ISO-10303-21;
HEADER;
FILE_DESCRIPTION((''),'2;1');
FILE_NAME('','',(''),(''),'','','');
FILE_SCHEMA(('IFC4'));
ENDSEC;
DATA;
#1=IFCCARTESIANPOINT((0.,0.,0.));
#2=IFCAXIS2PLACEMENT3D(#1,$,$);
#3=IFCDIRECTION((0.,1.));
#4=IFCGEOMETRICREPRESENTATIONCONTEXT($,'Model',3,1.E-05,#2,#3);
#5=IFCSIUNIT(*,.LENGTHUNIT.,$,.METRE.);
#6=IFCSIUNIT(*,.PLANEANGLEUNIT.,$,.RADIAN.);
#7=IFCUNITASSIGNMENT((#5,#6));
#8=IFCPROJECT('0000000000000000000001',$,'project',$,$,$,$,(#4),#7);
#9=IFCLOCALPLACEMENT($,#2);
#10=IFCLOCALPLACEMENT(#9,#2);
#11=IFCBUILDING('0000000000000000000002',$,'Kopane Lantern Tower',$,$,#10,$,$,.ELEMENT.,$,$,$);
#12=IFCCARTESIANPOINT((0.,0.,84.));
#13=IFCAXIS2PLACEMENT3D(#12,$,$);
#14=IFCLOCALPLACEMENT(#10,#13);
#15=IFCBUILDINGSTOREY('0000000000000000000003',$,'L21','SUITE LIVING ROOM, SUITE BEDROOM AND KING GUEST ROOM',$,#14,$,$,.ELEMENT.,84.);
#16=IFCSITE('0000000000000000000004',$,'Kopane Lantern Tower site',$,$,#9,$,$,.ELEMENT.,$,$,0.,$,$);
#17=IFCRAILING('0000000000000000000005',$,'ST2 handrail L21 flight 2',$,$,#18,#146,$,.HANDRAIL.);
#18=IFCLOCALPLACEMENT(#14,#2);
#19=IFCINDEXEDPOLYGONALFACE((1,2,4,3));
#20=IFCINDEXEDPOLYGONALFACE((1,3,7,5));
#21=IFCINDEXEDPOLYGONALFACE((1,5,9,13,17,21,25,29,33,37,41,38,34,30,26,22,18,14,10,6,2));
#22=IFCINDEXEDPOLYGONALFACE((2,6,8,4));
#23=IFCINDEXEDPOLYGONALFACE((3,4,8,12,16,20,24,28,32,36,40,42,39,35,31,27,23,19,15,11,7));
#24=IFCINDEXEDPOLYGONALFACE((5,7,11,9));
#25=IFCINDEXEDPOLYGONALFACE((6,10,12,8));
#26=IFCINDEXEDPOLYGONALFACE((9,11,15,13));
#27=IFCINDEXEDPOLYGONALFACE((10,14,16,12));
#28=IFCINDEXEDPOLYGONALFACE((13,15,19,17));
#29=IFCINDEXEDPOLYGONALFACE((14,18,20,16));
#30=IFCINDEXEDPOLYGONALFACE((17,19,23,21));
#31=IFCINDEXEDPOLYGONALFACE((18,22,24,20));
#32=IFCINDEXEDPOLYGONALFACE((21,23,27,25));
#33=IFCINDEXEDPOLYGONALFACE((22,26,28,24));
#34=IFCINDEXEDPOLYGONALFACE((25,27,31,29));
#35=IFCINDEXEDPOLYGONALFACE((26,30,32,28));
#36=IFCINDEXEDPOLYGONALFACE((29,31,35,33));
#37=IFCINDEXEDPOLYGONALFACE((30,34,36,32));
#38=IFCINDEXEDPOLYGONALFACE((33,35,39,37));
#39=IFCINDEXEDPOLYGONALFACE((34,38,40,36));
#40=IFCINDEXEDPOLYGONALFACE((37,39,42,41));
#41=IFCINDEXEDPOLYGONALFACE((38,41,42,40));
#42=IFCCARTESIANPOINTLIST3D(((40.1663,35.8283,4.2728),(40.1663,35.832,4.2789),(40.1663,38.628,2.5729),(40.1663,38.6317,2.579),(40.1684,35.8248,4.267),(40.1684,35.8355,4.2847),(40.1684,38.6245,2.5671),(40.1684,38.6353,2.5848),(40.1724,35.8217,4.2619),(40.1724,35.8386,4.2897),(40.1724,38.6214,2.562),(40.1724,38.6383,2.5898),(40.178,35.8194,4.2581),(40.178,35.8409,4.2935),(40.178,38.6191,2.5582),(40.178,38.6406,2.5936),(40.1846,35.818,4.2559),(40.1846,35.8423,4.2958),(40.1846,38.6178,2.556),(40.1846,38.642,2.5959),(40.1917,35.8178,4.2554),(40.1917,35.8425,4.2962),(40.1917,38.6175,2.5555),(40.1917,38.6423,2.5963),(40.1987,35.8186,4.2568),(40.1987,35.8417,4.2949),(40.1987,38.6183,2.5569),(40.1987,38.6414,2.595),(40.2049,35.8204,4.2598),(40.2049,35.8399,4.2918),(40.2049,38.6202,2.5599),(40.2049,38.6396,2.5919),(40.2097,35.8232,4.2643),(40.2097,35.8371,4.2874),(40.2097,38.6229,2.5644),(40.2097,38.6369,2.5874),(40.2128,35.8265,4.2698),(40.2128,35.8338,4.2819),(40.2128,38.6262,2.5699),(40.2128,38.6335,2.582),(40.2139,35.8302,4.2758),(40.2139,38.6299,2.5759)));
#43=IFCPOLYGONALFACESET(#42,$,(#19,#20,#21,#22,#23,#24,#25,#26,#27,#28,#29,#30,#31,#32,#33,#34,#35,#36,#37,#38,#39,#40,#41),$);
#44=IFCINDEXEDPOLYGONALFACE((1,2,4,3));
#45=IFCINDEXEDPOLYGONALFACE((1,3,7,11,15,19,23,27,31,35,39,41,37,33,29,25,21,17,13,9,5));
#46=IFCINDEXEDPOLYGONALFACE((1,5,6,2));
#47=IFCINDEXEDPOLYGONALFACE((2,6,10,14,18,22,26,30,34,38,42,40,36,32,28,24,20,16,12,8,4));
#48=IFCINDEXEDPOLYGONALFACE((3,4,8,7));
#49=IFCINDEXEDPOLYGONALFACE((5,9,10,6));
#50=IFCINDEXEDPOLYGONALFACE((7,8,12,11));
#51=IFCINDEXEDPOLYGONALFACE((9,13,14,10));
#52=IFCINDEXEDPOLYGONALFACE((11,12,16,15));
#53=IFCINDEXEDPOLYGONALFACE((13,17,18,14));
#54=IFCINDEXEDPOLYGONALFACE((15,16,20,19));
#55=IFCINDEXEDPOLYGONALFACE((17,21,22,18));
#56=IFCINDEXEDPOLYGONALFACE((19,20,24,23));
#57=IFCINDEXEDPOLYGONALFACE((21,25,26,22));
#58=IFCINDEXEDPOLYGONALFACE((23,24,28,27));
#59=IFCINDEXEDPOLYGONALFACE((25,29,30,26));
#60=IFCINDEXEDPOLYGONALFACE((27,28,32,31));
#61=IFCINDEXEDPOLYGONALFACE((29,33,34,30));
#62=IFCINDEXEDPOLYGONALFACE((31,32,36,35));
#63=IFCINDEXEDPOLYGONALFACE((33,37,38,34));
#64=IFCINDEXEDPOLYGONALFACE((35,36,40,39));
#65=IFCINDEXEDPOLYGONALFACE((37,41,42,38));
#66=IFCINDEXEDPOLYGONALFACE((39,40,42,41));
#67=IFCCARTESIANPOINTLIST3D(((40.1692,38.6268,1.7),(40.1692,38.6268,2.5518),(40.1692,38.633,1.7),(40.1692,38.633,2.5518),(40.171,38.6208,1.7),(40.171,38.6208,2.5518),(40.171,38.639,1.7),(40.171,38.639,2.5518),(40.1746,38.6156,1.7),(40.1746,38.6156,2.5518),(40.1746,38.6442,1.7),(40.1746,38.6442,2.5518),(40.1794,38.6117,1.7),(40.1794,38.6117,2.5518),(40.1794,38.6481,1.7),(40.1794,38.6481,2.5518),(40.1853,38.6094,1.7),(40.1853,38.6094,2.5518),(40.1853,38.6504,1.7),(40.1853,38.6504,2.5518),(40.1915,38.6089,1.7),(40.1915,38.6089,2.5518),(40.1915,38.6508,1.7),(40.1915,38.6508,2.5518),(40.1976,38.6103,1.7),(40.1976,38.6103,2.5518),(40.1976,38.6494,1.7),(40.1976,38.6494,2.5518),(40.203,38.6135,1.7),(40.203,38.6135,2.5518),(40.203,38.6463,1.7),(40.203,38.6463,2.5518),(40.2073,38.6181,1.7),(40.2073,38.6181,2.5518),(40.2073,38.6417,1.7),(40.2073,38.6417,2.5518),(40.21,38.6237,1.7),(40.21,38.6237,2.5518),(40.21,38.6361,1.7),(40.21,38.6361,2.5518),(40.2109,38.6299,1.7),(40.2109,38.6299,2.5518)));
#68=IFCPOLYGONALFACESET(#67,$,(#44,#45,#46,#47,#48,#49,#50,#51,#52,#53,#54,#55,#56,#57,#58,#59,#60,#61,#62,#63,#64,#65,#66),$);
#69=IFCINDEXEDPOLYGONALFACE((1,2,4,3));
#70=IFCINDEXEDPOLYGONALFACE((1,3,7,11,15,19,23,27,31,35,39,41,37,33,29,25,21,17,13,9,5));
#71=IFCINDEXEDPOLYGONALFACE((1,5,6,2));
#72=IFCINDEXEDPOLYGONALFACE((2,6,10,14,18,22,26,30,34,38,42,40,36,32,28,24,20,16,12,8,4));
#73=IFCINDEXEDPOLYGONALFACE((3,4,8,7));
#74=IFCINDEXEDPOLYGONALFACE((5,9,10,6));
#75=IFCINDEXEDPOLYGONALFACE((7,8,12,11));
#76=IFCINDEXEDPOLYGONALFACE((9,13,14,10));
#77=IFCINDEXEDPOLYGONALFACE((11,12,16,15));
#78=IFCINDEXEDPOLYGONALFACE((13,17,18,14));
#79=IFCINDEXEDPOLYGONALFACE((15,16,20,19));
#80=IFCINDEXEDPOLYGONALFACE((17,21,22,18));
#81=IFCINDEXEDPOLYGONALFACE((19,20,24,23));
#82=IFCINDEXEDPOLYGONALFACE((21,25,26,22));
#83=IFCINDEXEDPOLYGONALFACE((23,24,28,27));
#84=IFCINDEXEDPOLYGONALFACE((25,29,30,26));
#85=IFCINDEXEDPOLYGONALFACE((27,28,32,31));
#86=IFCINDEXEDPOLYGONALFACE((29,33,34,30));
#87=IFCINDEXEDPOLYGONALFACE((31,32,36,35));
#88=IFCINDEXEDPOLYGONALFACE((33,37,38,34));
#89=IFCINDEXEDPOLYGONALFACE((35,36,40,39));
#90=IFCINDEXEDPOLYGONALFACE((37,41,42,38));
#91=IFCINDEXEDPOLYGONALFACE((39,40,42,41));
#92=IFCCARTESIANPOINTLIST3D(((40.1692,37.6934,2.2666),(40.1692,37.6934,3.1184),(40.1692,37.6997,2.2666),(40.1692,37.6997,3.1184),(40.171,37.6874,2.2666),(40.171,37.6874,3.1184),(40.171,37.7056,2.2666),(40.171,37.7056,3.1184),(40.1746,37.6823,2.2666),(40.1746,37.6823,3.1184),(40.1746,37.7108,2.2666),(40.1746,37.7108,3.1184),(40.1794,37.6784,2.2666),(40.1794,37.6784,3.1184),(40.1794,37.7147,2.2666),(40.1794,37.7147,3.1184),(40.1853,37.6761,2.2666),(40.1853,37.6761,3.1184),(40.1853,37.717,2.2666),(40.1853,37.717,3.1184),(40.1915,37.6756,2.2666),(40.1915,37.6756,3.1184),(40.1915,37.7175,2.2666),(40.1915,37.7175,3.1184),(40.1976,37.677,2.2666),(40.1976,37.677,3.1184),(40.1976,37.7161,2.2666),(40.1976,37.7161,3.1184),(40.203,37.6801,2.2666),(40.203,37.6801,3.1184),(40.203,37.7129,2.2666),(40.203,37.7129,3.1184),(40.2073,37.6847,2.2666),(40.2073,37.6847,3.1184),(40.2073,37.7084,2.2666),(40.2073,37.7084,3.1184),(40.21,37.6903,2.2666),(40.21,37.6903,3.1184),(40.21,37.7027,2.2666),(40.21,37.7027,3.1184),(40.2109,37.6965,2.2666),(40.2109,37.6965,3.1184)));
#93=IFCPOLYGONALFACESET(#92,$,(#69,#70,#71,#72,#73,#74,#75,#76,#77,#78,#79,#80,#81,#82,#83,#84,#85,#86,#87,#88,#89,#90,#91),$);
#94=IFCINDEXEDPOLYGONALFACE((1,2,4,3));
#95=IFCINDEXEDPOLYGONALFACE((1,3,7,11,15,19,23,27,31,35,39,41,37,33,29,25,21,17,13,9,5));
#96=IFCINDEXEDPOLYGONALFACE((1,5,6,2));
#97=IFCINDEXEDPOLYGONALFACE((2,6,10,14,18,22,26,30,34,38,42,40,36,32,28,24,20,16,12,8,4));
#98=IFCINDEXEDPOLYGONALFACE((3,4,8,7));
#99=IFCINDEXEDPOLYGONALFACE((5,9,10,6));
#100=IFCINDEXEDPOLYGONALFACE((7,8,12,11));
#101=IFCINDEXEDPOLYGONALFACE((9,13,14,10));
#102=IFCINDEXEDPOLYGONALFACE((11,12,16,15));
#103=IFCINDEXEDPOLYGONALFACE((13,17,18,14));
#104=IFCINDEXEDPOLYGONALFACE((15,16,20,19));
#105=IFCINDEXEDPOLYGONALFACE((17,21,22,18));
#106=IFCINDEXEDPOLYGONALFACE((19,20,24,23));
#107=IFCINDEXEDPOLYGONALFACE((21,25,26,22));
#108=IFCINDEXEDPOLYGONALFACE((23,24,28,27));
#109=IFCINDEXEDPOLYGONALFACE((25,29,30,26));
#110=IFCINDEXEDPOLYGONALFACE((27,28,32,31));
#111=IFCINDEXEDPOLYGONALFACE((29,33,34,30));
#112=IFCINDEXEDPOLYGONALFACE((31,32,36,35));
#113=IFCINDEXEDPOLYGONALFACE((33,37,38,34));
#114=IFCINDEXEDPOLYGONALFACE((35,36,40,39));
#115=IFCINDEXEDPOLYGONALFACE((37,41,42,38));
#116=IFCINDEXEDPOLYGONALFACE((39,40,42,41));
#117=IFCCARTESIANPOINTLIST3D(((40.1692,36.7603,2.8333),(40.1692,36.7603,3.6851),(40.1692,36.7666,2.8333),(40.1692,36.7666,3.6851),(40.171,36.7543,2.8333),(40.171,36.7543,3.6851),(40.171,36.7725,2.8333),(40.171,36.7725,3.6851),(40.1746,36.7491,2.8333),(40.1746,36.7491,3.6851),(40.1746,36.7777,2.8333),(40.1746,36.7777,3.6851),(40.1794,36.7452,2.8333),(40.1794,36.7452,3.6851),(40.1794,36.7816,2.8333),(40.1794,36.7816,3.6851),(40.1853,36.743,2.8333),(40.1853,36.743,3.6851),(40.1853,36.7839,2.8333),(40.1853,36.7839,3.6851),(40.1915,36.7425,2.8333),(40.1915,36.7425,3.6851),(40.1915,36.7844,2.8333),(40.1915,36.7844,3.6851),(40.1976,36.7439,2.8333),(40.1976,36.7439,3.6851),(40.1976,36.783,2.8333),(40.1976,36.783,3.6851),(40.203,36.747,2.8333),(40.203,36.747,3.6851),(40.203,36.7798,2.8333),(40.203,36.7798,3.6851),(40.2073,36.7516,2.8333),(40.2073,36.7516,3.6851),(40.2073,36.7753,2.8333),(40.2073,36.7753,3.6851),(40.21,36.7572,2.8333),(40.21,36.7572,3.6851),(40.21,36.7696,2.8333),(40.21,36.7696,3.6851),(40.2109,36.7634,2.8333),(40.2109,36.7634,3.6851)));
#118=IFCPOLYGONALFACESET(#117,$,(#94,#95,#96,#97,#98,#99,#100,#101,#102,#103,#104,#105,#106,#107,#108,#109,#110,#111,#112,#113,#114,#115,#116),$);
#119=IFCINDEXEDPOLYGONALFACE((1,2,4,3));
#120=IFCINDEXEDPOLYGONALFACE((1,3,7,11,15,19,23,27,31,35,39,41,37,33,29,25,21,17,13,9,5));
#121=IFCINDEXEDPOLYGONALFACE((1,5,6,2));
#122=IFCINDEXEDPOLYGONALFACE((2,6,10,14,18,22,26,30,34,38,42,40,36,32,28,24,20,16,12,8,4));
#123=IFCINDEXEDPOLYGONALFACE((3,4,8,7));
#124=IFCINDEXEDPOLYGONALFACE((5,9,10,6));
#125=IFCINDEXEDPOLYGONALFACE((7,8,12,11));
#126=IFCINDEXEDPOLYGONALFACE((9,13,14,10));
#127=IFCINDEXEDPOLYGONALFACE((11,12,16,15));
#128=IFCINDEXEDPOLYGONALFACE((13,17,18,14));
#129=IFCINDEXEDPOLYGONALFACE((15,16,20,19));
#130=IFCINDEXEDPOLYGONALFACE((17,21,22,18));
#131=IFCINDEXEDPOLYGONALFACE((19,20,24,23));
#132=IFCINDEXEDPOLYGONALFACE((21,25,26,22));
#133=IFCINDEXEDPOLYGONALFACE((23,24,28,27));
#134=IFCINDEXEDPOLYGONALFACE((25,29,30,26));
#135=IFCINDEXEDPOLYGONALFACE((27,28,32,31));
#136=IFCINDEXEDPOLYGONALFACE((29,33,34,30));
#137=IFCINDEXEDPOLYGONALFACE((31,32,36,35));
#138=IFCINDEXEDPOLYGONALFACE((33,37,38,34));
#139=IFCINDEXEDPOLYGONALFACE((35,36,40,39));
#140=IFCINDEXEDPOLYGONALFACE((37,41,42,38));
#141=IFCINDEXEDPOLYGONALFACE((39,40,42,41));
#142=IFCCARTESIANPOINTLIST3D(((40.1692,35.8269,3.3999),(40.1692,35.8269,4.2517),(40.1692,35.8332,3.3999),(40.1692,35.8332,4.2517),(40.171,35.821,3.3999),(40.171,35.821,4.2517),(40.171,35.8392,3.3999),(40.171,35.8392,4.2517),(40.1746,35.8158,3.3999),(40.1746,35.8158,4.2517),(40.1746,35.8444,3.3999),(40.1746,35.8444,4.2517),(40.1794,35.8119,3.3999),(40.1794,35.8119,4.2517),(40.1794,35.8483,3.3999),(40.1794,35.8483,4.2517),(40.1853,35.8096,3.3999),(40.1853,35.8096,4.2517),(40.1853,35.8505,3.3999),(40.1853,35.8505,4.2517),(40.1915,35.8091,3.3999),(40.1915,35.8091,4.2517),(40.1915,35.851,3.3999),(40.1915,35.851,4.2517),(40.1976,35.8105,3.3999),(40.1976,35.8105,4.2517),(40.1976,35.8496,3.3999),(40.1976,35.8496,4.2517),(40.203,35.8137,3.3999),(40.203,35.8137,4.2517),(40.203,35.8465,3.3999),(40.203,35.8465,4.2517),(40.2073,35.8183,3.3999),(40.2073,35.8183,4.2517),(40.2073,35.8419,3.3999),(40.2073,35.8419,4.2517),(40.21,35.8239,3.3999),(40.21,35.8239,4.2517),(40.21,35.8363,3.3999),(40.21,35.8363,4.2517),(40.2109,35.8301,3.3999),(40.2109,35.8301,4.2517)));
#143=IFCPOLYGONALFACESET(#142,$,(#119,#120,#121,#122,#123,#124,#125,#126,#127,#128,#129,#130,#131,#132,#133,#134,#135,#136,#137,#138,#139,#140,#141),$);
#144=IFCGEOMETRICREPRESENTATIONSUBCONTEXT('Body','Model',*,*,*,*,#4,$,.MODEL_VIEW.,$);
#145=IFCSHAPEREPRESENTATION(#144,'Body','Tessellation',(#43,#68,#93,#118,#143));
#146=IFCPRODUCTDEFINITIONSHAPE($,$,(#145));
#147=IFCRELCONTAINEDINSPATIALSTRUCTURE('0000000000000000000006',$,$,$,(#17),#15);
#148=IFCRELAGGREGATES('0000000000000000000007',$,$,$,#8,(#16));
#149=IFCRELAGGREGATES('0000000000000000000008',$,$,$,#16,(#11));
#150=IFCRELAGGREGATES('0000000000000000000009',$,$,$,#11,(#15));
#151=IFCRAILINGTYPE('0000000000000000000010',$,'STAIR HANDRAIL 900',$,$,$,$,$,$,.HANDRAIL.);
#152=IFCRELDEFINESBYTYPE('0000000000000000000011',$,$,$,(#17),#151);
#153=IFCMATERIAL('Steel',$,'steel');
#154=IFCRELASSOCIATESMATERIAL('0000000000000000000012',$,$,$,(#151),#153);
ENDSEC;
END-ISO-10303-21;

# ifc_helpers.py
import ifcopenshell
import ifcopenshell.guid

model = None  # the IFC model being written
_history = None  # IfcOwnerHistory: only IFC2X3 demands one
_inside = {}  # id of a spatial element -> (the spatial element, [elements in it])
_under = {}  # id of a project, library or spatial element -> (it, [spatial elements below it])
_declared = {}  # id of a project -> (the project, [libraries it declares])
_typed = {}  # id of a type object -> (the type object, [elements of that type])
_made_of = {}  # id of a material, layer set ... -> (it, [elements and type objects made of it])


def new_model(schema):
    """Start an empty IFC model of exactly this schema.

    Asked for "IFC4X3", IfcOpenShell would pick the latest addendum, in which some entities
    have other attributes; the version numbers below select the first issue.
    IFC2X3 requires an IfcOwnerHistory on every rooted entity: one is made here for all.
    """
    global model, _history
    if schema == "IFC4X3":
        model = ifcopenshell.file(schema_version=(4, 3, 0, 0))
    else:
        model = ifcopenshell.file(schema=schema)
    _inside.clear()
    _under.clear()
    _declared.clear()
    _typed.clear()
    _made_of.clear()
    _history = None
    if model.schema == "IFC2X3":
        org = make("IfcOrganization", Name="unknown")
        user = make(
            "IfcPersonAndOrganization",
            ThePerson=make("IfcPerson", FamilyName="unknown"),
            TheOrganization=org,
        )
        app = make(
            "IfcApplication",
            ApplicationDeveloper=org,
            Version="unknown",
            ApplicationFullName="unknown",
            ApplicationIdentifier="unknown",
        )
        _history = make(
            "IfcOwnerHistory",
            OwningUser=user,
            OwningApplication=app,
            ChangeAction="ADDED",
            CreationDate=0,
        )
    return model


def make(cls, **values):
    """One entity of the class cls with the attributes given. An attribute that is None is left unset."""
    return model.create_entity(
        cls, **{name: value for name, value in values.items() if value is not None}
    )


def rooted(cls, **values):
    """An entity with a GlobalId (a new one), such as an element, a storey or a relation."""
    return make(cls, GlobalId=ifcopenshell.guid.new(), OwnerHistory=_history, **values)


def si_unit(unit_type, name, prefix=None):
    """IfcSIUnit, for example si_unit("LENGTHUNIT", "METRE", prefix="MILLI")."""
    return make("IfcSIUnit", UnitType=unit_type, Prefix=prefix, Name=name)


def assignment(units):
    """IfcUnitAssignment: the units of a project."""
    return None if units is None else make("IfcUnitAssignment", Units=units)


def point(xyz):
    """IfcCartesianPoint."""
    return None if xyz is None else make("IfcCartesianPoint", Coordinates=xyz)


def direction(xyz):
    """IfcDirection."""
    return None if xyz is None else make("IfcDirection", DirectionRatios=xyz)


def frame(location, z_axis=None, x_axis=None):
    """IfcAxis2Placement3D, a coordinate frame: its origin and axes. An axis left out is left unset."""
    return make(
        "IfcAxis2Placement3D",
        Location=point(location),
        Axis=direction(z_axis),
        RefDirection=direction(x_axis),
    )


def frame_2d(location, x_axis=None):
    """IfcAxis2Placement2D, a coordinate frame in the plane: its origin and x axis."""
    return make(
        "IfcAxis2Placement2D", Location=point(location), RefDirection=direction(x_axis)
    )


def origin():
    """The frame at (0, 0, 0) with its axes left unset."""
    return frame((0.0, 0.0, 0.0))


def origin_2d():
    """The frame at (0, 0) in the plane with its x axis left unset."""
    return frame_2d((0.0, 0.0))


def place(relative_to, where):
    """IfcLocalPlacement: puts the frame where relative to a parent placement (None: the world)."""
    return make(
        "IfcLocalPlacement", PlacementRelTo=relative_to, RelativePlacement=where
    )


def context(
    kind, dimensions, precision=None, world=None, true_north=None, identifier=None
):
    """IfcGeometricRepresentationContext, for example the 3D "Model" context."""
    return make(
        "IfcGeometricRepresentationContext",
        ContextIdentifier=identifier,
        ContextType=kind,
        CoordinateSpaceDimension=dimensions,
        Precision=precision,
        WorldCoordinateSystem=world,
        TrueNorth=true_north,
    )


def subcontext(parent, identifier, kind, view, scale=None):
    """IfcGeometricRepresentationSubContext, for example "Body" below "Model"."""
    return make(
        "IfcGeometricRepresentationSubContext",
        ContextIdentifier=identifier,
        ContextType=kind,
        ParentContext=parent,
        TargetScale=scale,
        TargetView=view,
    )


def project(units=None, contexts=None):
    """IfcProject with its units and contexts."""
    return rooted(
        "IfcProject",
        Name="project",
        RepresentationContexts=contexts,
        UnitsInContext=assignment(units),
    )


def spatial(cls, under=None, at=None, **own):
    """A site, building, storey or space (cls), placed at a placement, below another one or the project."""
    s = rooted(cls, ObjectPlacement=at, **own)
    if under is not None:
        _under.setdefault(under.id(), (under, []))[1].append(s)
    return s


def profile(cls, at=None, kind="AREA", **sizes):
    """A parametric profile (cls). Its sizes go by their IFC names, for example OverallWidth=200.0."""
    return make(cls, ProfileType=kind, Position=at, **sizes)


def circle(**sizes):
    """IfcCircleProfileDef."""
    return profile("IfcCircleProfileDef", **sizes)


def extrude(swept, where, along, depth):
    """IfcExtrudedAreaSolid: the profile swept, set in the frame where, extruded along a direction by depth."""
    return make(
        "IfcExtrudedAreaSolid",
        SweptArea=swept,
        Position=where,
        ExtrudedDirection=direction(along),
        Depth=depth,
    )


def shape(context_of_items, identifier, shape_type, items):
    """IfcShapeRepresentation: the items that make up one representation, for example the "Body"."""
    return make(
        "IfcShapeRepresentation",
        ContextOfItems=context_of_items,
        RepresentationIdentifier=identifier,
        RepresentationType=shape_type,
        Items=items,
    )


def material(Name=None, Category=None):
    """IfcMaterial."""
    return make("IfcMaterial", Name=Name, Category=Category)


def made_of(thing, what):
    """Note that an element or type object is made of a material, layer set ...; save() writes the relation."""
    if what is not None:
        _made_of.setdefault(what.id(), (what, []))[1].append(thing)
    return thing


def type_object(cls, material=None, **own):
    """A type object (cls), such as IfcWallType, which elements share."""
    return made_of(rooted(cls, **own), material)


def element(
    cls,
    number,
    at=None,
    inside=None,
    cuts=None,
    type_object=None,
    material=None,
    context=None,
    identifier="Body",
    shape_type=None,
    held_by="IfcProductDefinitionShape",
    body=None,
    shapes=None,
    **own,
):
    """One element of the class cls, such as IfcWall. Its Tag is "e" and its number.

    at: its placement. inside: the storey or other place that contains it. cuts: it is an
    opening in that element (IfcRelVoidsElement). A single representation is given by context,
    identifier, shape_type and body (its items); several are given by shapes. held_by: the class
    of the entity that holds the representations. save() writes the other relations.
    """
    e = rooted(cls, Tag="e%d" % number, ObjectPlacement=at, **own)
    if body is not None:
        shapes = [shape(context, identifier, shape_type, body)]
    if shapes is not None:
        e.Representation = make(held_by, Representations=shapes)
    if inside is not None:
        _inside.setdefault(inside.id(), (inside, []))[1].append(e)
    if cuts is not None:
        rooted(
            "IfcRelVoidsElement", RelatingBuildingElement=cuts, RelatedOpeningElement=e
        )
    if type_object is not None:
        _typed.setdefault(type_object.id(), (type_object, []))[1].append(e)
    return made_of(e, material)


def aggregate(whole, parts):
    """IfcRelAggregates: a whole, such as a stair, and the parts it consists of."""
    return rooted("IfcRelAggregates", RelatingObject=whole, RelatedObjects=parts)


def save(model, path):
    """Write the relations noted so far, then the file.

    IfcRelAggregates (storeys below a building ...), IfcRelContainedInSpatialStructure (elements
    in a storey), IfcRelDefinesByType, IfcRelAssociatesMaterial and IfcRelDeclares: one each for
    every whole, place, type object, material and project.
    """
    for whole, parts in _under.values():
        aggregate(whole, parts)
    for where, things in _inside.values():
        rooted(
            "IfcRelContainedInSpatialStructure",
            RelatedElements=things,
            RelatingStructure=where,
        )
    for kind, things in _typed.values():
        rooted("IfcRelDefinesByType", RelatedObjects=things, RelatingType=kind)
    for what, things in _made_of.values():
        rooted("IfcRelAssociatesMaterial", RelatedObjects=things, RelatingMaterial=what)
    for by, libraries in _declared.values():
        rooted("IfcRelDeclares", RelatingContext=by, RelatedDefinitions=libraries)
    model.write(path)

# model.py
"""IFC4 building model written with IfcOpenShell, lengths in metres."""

from ifc_helpers import new_model, si_unit, direction, frame, origin, origin_2d, place, context, subcontext, project, spatial, circle, extrude, material, type_object, element, save


model = new_model("IFC4")

# Units and contexts
model_context = context("Model", 3, precision=1e-05, world=origin(), true_north=direction((0.0, 1.0)))
body_context = subcontext(model_context, "Body", "Model", "MODEL_VIEW")
ifc_project = project(units=[si_unit("LENGTHUNIT", "METRE"), si_unit("PLANEANGLEUNIT", "RADIAN")], contexts=[model_context])

# Site, building, storey
site_placement = place(None, origin())
site = spatial("IfcSite", under=ifc_project, at=site_placement, Name="Kopane Lantern Tower site", CompositionType="ELEMENT", RefElevation=0.0)
building_placement = place(site_placement, origin())
building = spatial("IfcBuilding", under=site, at=building_placement, Name="Kopane Lantern Tower", CompositionType="ELEMENT")
storey_placement = place(building_placement, frame((0.0, 0.0, 84.0)))
storey = spatial("IfcBuildingStorey", under=building, at=storey_placement, Name="L21", Description="SUITE LIVING ROOM, SUITE BEDROOM AND KING GUEST ROOM", CompositionType="ELEMENT", Elevation=84.0)

# Railing
ifc_material_1 = material(Name="Steel", Category="steel")
railing_type = type_object("IfcRailingType", Name="STAIR HANDRAIL 900", PredefinedType="HANDRAIL", material=ifc_material_1)
for number, where, name in (
    (1, (40.1899, 38.6299, 1.7), "ST2 handrail L21 flight 2"),
):
    element("IfcRailing", number, at=place(storey_placement, frame(where)), inside=storey, type_object=railing_type, Name=name, PredefinedType="HANDRAIL", context=body_context, shape_type="SweptSolid", body=[
        extrude(circle(Radius=0.0239, at=origin_2d()), frame((0.0, 0.0, 0.876), z_axis=(0.0, -0.854778, 0.518994), x_axis=(1.0, 0.0, 0.0)), (0.0, 0.0, 1.0), 3.2754),
        extrude(circle(Radius=0.021, at=origin_2d()), origin(), (0.0, 0.0, 1.0), 0.8518),
        extrude(circle(Radius=0.021, at=origin_2d()), frame((0.0, -0.9333, 0.5667)), (0.0, 0.0, 1.0), 0.8518),
        extrude(circle(Radius=0.021, at=origin_2d()), frame((0.0, -1.8665, 1.1333)), (0.0, 0.0, 1.0), 0.8518),
        extrude(circle(Radius=0.021, at=origin_2d()), frame((0.0, -2.7998, 1.7)), (0.0, 0.0, 1.0), 0.8518),
    ])

save(model, "model.ifc")
